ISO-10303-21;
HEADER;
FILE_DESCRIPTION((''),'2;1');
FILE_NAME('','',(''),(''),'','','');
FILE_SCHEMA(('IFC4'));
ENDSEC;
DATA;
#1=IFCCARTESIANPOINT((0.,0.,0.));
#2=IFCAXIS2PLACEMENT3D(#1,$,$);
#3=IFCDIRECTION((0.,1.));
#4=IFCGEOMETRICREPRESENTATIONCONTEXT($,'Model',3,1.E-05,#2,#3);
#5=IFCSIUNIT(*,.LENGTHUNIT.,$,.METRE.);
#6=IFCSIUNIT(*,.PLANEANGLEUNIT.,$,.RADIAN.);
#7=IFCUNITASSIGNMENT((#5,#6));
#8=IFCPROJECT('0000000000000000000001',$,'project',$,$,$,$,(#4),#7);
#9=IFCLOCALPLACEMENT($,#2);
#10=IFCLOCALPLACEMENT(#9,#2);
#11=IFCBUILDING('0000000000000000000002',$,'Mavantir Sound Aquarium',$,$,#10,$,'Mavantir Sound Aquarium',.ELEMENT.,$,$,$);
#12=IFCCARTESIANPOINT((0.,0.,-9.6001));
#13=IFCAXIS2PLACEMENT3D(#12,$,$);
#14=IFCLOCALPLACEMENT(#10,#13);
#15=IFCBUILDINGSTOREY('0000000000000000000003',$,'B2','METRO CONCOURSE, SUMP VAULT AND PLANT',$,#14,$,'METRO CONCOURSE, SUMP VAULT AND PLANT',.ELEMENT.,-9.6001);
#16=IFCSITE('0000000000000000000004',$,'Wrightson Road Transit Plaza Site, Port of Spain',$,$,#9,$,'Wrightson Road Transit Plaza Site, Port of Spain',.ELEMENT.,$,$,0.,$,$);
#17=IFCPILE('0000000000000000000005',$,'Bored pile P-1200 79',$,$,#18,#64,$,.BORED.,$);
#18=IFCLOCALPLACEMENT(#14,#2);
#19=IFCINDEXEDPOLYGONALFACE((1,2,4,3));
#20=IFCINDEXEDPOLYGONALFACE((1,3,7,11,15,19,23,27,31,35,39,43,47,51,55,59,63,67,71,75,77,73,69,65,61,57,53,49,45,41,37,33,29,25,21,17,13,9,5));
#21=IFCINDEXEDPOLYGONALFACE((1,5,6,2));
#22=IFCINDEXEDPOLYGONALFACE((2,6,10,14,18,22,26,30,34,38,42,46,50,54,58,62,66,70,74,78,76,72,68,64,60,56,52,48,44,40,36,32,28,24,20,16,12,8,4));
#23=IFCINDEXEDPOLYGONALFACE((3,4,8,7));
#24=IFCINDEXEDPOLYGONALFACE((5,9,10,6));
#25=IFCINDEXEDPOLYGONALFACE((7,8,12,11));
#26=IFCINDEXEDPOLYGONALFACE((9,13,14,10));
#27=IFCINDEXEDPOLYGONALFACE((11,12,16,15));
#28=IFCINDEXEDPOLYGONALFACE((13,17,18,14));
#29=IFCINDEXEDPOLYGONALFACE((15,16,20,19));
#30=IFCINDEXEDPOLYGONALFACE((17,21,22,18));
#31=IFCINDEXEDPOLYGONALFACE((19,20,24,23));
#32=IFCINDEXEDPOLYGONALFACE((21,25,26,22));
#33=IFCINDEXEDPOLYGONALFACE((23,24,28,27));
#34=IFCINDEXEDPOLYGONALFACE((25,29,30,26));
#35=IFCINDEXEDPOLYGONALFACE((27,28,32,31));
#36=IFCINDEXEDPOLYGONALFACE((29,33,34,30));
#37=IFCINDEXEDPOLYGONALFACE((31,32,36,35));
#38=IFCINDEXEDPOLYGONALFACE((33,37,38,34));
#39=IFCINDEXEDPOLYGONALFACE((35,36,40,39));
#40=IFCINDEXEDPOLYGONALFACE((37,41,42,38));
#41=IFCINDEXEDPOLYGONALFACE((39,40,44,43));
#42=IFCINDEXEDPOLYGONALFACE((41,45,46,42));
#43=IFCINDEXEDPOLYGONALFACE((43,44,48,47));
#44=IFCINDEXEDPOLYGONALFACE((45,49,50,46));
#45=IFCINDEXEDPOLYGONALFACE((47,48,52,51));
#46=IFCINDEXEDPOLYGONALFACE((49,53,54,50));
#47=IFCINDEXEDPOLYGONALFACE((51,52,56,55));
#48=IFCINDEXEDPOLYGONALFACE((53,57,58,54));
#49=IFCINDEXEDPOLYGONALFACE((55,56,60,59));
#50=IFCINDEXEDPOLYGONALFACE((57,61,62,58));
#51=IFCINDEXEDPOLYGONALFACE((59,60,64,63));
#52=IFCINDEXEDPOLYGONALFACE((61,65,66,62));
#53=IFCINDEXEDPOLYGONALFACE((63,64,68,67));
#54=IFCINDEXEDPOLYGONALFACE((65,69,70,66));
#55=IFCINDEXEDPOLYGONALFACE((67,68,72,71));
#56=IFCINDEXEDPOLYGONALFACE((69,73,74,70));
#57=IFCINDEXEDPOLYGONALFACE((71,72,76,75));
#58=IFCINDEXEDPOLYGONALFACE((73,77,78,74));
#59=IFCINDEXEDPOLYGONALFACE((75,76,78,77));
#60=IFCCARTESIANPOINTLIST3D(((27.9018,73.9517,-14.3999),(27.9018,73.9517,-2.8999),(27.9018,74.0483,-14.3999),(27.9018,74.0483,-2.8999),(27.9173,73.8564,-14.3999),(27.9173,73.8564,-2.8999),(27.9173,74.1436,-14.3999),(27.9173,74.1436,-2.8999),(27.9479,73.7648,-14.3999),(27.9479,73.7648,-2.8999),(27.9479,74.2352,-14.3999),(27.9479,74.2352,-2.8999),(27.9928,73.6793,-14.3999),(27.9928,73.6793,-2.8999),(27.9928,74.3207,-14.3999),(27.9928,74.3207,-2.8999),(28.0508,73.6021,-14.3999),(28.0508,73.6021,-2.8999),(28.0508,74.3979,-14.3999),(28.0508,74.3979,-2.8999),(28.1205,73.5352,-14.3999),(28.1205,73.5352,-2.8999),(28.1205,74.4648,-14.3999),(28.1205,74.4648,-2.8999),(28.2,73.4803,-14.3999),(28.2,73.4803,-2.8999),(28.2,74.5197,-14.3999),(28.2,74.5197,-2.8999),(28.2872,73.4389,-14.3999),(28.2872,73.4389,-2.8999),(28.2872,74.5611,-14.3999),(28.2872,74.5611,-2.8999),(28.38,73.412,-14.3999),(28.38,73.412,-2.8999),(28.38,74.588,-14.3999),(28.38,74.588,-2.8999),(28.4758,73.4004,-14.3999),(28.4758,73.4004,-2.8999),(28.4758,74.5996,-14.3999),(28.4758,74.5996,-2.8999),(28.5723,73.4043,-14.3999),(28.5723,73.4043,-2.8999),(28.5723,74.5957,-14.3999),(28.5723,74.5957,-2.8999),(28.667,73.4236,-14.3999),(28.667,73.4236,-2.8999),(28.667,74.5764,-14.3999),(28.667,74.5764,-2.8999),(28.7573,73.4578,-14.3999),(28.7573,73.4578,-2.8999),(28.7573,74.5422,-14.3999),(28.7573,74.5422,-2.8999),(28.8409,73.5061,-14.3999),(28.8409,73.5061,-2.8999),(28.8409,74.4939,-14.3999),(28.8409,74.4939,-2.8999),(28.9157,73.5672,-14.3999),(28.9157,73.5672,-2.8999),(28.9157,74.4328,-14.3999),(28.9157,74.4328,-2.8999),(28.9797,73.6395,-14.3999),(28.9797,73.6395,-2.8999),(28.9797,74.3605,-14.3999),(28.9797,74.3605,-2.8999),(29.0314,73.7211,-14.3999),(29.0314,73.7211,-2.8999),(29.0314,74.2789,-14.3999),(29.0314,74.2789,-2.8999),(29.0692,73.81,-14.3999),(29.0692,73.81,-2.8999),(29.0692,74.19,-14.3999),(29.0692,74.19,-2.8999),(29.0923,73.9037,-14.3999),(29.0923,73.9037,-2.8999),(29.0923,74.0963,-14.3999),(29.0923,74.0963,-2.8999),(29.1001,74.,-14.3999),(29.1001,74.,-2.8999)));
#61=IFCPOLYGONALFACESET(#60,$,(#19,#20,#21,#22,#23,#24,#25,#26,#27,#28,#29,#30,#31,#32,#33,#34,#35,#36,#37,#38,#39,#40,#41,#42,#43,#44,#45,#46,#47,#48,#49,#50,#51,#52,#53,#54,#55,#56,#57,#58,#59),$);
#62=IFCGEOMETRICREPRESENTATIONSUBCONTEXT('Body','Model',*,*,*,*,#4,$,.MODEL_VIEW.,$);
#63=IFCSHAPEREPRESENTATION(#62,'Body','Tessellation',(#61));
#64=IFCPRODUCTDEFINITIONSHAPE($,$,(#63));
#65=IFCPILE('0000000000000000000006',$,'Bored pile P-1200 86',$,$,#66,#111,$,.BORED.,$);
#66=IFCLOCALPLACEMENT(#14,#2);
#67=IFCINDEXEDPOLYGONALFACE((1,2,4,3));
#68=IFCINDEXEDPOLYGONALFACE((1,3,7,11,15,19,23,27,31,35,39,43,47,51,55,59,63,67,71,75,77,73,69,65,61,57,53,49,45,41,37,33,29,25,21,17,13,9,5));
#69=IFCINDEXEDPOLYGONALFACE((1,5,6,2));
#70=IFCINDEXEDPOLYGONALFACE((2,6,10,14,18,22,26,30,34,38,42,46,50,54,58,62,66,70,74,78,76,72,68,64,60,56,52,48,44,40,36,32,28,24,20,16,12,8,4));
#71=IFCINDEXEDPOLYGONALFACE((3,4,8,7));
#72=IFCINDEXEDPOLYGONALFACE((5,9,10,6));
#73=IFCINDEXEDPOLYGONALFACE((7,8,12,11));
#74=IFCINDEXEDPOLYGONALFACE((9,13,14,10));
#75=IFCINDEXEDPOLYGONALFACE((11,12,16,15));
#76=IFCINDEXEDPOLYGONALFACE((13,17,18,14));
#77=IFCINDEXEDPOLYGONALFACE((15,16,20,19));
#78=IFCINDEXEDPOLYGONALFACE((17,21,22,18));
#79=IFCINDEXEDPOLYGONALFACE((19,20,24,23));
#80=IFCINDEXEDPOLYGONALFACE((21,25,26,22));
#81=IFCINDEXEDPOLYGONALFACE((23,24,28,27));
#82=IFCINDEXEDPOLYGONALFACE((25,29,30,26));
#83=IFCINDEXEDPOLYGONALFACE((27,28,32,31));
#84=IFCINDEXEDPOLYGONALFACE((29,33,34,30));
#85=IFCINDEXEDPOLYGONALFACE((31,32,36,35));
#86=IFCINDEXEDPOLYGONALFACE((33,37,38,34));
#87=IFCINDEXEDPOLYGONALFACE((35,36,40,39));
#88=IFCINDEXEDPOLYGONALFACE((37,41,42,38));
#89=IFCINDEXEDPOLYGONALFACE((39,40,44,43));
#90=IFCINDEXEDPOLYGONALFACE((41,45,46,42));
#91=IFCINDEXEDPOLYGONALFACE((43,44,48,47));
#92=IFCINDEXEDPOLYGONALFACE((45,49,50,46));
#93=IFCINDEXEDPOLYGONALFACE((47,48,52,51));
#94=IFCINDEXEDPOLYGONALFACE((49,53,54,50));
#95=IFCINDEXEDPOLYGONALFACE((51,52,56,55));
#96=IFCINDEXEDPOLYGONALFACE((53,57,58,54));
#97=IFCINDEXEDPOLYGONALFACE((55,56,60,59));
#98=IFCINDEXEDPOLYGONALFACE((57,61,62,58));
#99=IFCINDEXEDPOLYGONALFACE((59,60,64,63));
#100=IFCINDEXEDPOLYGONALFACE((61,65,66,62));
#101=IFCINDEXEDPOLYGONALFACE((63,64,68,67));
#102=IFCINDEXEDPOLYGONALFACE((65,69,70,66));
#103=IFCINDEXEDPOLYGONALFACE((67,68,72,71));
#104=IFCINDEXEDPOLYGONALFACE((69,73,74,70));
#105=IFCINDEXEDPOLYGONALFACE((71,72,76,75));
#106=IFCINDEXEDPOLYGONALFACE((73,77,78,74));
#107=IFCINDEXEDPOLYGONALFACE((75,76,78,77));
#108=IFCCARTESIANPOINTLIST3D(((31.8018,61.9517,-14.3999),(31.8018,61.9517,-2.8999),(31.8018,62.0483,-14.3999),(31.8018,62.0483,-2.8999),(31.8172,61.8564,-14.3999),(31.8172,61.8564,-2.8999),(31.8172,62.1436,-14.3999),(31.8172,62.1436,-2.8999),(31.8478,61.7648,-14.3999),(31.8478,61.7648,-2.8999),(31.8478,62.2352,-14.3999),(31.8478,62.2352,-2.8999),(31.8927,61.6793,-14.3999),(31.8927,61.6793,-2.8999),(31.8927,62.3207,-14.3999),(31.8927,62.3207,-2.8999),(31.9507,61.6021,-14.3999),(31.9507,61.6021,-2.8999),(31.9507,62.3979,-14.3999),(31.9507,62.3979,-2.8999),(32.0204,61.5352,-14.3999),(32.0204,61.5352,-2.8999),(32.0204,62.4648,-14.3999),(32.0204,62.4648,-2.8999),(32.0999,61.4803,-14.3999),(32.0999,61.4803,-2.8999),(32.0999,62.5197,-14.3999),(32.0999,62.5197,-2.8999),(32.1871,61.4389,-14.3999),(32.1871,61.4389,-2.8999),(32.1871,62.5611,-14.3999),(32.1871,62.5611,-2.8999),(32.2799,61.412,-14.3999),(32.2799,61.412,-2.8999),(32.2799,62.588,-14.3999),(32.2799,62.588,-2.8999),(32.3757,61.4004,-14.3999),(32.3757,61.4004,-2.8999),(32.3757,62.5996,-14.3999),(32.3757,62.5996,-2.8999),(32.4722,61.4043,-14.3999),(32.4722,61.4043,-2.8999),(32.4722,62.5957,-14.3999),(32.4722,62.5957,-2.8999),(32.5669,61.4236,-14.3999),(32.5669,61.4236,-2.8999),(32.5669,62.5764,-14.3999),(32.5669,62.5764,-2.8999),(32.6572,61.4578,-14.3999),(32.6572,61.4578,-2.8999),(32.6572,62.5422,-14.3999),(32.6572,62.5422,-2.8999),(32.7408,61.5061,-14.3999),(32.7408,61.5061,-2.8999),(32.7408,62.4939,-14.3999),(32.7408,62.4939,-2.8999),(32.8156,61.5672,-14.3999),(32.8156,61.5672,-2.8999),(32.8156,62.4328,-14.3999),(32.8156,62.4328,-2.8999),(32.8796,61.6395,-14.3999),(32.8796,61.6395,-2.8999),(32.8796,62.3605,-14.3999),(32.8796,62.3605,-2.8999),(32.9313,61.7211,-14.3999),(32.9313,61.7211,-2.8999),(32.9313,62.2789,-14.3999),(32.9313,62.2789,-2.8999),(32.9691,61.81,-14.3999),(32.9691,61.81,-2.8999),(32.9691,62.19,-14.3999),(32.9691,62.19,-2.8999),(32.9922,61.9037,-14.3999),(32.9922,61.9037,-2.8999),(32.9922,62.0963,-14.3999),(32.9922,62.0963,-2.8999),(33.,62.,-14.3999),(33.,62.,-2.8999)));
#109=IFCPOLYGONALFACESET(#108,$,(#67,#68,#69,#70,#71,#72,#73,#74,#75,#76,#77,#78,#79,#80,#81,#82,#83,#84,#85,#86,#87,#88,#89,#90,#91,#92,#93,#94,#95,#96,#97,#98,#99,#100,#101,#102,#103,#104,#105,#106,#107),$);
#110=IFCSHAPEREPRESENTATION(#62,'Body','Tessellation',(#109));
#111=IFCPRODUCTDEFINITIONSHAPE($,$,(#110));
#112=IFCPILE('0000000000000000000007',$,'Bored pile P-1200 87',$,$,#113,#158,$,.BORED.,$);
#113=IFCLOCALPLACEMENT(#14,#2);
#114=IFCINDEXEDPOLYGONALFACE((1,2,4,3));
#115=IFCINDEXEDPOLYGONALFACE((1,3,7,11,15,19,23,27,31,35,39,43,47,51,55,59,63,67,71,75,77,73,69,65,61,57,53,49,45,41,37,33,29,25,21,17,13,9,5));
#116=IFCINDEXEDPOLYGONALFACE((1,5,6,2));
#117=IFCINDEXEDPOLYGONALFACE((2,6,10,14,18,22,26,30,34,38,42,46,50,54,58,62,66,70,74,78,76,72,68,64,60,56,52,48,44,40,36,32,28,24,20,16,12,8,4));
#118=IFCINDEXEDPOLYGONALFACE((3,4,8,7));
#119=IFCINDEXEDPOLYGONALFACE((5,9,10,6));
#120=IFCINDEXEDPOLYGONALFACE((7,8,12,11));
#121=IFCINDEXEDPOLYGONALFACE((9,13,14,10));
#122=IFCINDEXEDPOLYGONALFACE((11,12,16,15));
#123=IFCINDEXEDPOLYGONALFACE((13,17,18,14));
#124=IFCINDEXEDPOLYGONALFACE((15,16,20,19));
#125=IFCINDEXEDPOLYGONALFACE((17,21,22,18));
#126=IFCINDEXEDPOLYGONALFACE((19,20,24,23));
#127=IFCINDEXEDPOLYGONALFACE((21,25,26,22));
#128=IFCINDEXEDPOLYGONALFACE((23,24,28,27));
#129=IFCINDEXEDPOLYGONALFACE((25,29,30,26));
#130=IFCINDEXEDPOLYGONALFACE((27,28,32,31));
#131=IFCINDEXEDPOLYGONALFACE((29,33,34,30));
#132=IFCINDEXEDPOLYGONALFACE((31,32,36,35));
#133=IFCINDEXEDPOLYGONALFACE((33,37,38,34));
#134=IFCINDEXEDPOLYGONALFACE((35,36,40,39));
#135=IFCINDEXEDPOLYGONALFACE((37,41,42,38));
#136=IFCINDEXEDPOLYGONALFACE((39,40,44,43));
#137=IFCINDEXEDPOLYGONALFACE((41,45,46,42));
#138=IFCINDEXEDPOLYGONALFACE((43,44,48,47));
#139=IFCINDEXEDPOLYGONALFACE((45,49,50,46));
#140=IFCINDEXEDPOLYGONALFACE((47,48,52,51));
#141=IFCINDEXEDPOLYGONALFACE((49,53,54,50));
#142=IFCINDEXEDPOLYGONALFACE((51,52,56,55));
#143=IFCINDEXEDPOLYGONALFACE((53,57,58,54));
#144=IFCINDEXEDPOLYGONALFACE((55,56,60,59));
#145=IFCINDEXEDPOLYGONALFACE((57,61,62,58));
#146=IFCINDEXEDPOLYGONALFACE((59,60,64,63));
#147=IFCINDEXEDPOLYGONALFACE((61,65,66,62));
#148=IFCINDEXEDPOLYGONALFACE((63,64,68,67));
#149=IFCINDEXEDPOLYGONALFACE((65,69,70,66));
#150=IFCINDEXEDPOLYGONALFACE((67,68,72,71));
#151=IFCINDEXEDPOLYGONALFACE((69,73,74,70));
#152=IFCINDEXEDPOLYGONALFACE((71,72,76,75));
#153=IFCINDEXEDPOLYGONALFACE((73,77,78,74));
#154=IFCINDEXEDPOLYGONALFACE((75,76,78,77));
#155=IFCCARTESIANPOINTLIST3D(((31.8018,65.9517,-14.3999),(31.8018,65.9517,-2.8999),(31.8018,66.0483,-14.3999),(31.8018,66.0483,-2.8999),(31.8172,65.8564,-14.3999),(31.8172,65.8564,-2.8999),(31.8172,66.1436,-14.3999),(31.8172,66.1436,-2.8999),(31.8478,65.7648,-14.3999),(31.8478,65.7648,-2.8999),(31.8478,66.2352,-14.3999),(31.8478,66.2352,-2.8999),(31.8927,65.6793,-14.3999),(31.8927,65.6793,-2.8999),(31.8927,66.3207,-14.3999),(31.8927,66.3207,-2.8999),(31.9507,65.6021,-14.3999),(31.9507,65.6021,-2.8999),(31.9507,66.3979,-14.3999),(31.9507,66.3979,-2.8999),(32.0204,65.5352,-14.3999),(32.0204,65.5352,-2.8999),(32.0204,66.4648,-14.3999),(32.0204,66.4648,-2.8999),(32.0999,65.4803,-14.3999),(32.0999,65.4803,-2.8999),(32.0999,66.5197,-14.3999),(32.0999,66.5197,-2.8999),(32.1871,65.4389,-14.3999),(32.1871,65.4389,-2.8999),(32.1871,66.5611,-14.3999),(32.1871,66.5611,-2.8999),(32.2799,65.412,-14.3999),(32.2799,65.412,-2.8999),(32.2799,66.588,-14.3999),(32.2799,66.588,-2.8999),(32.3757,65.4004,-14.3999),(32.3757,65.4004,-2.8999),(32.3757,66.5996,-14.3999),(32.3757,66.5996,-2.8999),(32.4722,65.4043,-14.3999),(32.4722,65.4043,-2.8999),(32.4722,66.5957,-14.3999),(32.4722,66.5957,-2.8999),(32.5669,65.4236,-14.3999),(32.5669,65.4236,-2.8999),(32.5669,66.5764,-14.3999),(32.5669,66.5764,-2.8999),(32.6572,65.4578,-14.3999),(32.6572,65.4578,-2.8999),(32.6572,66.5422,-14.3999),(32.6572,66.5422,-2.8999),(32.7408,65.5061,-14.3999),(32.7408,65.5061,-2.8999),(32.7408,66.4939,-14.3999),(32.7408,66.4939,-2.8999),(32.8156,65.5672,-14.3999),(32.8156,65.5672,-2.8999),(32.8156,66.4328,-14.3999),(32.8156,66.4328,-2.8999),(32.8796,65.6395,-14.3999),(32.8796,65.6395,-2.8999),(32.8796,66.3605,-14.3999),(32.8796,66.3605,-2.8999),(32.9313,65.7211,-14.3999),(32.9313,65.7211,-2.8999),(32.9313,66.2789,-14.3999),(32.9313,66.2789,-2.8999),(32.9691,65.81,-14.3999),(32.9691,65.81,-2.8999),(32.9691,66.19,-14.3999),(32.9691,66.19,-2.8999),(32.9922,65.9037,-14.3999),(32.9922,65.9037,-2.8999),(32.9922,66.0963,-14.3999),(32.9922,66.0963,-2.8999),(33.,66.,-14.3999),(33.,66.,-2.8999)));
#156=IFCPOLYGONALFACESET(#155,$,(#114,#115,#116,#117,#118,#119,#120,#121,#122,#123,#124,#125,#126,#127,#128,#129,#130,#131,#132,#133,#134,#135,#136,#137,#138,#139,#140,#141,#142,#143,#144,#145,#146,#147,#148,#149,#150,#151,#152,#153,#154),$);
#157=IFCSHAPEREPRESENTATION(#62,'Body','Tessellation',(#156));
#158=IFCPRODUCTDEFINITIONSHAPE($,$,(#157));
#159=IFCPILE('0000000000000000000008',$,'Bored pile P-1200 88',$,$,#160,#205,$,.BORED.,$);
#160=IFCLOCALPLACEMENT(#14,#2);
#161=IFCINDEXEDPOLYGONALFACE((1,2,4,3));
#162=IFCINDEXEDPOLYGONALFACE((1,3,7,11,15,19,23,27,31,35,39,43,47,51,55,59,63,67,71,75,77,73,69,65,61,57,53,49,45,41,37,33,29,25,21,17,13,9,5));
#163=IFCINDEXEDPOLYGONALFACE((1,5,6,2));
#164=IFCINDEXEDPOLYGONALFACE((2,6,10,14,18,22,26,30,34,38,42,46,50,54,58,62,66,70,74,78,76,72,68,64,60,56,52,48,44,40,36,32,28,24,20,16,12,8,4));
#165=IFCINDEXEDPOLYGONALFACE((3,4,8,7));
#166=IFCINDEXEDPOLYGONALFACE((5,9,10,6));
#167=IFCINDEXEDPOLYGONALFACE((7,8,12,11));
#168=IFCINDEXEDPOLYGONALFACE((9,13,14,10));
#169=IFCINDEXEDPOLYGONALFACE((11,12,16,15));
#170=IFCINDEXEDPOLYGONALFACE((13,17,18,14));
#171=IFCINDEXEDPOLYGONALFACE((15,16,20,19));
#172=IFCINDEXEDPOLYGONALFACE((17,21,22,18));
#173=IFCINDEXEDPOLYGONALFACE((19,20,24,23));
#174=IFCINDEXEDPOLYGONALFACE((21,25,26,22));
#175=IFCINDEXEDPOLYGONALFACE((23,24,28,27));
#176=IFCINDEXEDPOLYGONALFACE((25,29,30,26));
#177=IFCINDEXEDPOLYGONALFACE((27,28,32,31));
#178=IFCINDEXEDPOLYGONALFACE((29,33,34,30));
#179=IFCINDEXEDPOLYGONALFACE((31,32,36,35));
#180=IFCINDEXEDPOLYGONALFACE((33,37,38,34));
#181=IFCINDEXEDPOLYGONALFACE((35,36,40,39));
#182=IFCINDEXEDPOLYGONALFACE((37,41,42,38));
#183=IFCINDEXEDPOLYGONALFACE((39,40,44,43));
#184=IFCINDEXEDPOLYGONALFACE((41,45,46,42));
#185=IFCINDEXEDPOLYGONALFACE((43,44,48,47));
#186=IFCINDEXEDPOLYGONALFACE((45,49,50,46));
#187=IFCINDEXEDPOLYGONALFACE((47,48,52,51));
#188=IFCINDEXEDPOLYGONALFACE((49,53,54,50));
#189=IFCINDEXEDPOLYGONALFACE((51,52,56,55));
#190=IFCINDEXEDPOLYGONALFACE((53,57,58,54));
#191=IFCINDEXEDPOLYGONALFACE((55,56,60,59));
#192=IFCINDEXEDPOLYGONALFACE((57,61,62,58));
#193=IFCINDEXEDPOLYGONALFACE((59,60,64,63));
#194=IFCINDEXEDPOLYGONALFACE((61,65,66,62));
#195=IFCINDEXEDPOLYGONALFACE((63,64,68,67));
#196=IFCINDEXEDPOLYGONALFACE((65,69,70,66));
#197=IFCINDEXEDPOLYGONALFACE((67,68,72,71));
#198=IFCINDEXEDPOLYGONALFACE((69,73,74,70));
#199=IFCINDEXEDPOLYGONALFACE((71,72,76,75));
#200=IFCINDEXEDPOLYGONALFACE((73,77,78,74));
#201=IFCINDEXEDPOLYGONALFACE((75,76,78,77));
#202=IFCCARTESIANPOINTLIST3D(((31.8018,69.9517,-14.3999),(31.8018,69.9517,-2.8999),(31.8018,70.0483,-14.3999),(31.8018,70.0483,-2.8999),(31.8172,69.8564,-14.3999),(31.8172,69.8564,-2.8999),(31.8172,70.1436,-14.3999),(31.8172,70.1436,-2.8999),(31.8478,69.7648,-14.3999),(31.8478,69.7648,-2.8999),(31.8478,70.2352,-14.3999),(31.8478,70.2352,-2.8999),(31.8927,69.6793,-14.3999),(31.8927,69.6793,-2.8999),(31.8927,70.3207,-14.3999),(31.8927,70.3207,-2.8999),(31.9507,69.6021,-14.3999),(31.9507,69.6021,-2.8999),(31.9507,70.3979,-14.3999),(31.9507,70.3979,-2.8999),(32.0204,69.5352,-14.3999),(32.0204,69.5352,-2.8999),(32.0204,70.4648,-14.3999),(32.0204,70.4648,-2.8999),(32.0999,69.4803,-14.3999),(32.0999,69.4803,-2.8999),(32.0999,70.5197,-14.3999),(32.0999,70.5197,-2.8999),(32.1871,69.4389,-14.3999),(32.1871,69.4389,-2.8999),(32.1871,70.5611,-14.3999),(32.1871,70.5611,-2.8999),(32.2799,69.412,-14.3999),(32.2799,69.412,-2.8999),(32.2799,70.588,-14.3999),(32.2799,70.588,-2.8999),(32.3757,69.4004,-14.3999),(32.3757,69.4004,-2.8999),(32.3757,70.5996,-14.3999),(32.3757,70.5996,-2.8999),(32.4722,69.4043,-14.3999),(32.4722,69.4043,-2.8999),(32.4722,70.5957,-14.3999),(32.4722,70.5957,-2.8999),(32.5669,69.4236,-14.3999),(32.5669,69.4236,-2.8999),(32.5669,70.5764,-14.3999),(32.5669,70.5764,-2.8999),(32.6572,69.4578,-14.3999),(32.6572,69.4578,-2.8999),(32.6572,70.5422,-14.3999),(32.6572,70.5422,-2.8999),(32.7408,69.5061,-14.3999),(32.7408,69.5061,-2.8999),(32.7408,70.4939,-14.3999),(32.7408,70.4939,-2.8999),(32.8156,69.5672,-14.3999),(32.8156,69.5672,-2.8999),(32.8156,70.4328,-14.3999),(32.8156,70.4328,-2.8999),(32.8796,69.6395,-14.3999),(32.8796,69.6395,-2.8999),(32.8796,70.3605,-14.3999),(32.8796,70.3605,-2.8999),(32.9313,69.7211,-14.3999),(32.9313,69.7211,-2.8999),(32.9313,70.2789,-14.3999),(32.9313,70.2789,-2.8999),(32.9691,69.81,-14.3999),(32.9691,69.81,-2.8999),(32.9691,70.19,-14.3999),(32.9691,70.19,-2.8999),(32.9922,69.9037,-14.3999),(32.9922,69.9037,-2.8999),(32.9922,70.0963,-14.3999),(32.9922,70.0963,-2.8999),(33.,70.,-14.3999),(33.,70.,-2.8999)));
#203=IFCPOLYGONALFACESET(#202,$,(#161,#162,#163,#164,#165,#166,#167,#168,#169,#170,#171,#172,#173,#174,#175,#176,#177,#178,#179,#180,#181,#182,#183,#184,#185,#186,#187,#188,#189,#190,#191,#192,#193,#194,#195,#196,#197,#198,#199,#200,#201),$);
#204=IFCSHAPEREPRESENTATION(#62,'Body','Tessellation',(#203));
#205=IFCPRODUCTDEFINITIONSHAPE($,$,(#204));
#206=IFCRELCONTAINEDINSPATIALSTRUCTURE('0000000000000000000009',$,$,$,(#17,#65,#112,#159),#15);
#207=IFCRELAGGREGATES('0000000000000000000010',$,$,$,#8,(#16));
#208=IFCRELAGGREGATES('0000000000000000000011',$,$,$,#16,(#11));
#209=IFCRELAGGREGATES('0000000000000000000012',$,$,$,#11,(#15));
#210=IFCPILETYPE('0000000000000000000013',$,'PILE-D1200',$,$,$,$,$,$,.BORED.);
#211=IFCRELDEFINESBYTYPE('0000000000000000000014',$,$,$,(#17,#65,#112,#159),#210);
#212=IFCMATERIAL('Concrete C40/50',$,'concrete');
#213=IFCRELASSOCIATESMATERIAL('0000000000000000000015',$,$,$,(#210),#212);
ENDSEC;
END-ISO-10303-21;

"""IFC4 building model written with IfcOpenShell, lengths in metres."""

from ifc_helpers import new_model, si_unit, direction, frame, origin, origin_2d, place, context, subcontext, project, spatial, circle, extrude, material, material_profile, profile_set, type_object, element, save


model = new_model("IFC4")

# Units and contexts
model_context = context("Model", 3, precision=1e-05, world=origin(), true_north=direction((0.0, 1.0)))
body_context = subcontext(model_context, "Body", "Model", "MODEL_VIEW")
ifc_project = project(units=[si_unit("LENGTHUNIT", "METRE"), si_unit("PLANEANGLEUNIT", "RADIAN")], contexts=[model_context])

# Site, building, storey
site_placement = place(None, origin())
site = spatial("IfcSite", under=ifc_project, at=site_placement, Name="Wrightson Road Transit Plaza Site, Port of Spain", LongName="Wrightson Road Transit Plaza Site, Port of Spain", CompositionType="ELEMENT", RefElevation=0.0)
building_placement = place(site_placement, origin())
building = spatial("IfcBuilding", under=site, at=building_placement, Name="Mavantir Sound Aquarium", LongName="Mavantir Sound Aquarium", CompositionType="ELEMENT")
storey_placement = place(building_placement, frame((0.0, 0.0, -9.6001)))
storey = spatial("IfcBuildingStorey", under=building, at=storey_placement, Name="B2", Description="METRO CONCOURSE, SUMP VAULT AND PLANT", LongName="METRO CONCOURSE, SUMP VAULT AND PLANT", CompositionType="ELEMENT", Elevation=-9.6001)

# Shared definitions
ifc_material_1 = material(Name="Concrete C40/50", Category="concrete")

# Piles
ifc_material_profile_1 = material_profile(ifc_material_1, circle(Radius=0.6001, at=origin_2d()), Name="PILE D1200")
ifc_profile_set_1 = profile_set([ifc_material_profile_1], Name="Concrete C40/50")
pile_type = type_object("IfcPileType", Name="PILE-D1200", PredefinedType="BORED", material=ifc_profile_set_1)
for number, where, z_axis, x_axis, name in (
    (1, (28.5, 74.0, -2.8999), (0.0, 0.0, -1.0), (1.0, 0.0, 0.0), "Bored pile P-1200 79"),
    (2, (32.3999, 62.0, -2.8999), (0.0, 0.0, -1.0), (1.0, 0.0, 0.0), "Bored pile P-1200 86"),
    (3, (32.3999, 66.0, -2.8999), (0.0, 0.0, -1.0), (1.0, 0.0, 0.0), "Bored pile P-1200 87"),
    (4, (32.3999, 70.0, -2.8999), (0.0, 0.0, -1.0), (1.0, 0.0, 0.0), "Bored pile P-1200 88"),
):
    element("IfcPile", number, at=place(storey_placement, frame(where, z_axis=z_axis, x_axis=x_axis)), inside=storey, type_object=pile_type, Name=name, PredefinedType="BORED", context=body_context, shape_type="SweptSolid", body=[
        extrude(circle(Radius=0.6001, at=origin_2d()), origin(), (0.0, 0.0, 1.0), 11.5),
    ])

save(model, "model.ifc")
